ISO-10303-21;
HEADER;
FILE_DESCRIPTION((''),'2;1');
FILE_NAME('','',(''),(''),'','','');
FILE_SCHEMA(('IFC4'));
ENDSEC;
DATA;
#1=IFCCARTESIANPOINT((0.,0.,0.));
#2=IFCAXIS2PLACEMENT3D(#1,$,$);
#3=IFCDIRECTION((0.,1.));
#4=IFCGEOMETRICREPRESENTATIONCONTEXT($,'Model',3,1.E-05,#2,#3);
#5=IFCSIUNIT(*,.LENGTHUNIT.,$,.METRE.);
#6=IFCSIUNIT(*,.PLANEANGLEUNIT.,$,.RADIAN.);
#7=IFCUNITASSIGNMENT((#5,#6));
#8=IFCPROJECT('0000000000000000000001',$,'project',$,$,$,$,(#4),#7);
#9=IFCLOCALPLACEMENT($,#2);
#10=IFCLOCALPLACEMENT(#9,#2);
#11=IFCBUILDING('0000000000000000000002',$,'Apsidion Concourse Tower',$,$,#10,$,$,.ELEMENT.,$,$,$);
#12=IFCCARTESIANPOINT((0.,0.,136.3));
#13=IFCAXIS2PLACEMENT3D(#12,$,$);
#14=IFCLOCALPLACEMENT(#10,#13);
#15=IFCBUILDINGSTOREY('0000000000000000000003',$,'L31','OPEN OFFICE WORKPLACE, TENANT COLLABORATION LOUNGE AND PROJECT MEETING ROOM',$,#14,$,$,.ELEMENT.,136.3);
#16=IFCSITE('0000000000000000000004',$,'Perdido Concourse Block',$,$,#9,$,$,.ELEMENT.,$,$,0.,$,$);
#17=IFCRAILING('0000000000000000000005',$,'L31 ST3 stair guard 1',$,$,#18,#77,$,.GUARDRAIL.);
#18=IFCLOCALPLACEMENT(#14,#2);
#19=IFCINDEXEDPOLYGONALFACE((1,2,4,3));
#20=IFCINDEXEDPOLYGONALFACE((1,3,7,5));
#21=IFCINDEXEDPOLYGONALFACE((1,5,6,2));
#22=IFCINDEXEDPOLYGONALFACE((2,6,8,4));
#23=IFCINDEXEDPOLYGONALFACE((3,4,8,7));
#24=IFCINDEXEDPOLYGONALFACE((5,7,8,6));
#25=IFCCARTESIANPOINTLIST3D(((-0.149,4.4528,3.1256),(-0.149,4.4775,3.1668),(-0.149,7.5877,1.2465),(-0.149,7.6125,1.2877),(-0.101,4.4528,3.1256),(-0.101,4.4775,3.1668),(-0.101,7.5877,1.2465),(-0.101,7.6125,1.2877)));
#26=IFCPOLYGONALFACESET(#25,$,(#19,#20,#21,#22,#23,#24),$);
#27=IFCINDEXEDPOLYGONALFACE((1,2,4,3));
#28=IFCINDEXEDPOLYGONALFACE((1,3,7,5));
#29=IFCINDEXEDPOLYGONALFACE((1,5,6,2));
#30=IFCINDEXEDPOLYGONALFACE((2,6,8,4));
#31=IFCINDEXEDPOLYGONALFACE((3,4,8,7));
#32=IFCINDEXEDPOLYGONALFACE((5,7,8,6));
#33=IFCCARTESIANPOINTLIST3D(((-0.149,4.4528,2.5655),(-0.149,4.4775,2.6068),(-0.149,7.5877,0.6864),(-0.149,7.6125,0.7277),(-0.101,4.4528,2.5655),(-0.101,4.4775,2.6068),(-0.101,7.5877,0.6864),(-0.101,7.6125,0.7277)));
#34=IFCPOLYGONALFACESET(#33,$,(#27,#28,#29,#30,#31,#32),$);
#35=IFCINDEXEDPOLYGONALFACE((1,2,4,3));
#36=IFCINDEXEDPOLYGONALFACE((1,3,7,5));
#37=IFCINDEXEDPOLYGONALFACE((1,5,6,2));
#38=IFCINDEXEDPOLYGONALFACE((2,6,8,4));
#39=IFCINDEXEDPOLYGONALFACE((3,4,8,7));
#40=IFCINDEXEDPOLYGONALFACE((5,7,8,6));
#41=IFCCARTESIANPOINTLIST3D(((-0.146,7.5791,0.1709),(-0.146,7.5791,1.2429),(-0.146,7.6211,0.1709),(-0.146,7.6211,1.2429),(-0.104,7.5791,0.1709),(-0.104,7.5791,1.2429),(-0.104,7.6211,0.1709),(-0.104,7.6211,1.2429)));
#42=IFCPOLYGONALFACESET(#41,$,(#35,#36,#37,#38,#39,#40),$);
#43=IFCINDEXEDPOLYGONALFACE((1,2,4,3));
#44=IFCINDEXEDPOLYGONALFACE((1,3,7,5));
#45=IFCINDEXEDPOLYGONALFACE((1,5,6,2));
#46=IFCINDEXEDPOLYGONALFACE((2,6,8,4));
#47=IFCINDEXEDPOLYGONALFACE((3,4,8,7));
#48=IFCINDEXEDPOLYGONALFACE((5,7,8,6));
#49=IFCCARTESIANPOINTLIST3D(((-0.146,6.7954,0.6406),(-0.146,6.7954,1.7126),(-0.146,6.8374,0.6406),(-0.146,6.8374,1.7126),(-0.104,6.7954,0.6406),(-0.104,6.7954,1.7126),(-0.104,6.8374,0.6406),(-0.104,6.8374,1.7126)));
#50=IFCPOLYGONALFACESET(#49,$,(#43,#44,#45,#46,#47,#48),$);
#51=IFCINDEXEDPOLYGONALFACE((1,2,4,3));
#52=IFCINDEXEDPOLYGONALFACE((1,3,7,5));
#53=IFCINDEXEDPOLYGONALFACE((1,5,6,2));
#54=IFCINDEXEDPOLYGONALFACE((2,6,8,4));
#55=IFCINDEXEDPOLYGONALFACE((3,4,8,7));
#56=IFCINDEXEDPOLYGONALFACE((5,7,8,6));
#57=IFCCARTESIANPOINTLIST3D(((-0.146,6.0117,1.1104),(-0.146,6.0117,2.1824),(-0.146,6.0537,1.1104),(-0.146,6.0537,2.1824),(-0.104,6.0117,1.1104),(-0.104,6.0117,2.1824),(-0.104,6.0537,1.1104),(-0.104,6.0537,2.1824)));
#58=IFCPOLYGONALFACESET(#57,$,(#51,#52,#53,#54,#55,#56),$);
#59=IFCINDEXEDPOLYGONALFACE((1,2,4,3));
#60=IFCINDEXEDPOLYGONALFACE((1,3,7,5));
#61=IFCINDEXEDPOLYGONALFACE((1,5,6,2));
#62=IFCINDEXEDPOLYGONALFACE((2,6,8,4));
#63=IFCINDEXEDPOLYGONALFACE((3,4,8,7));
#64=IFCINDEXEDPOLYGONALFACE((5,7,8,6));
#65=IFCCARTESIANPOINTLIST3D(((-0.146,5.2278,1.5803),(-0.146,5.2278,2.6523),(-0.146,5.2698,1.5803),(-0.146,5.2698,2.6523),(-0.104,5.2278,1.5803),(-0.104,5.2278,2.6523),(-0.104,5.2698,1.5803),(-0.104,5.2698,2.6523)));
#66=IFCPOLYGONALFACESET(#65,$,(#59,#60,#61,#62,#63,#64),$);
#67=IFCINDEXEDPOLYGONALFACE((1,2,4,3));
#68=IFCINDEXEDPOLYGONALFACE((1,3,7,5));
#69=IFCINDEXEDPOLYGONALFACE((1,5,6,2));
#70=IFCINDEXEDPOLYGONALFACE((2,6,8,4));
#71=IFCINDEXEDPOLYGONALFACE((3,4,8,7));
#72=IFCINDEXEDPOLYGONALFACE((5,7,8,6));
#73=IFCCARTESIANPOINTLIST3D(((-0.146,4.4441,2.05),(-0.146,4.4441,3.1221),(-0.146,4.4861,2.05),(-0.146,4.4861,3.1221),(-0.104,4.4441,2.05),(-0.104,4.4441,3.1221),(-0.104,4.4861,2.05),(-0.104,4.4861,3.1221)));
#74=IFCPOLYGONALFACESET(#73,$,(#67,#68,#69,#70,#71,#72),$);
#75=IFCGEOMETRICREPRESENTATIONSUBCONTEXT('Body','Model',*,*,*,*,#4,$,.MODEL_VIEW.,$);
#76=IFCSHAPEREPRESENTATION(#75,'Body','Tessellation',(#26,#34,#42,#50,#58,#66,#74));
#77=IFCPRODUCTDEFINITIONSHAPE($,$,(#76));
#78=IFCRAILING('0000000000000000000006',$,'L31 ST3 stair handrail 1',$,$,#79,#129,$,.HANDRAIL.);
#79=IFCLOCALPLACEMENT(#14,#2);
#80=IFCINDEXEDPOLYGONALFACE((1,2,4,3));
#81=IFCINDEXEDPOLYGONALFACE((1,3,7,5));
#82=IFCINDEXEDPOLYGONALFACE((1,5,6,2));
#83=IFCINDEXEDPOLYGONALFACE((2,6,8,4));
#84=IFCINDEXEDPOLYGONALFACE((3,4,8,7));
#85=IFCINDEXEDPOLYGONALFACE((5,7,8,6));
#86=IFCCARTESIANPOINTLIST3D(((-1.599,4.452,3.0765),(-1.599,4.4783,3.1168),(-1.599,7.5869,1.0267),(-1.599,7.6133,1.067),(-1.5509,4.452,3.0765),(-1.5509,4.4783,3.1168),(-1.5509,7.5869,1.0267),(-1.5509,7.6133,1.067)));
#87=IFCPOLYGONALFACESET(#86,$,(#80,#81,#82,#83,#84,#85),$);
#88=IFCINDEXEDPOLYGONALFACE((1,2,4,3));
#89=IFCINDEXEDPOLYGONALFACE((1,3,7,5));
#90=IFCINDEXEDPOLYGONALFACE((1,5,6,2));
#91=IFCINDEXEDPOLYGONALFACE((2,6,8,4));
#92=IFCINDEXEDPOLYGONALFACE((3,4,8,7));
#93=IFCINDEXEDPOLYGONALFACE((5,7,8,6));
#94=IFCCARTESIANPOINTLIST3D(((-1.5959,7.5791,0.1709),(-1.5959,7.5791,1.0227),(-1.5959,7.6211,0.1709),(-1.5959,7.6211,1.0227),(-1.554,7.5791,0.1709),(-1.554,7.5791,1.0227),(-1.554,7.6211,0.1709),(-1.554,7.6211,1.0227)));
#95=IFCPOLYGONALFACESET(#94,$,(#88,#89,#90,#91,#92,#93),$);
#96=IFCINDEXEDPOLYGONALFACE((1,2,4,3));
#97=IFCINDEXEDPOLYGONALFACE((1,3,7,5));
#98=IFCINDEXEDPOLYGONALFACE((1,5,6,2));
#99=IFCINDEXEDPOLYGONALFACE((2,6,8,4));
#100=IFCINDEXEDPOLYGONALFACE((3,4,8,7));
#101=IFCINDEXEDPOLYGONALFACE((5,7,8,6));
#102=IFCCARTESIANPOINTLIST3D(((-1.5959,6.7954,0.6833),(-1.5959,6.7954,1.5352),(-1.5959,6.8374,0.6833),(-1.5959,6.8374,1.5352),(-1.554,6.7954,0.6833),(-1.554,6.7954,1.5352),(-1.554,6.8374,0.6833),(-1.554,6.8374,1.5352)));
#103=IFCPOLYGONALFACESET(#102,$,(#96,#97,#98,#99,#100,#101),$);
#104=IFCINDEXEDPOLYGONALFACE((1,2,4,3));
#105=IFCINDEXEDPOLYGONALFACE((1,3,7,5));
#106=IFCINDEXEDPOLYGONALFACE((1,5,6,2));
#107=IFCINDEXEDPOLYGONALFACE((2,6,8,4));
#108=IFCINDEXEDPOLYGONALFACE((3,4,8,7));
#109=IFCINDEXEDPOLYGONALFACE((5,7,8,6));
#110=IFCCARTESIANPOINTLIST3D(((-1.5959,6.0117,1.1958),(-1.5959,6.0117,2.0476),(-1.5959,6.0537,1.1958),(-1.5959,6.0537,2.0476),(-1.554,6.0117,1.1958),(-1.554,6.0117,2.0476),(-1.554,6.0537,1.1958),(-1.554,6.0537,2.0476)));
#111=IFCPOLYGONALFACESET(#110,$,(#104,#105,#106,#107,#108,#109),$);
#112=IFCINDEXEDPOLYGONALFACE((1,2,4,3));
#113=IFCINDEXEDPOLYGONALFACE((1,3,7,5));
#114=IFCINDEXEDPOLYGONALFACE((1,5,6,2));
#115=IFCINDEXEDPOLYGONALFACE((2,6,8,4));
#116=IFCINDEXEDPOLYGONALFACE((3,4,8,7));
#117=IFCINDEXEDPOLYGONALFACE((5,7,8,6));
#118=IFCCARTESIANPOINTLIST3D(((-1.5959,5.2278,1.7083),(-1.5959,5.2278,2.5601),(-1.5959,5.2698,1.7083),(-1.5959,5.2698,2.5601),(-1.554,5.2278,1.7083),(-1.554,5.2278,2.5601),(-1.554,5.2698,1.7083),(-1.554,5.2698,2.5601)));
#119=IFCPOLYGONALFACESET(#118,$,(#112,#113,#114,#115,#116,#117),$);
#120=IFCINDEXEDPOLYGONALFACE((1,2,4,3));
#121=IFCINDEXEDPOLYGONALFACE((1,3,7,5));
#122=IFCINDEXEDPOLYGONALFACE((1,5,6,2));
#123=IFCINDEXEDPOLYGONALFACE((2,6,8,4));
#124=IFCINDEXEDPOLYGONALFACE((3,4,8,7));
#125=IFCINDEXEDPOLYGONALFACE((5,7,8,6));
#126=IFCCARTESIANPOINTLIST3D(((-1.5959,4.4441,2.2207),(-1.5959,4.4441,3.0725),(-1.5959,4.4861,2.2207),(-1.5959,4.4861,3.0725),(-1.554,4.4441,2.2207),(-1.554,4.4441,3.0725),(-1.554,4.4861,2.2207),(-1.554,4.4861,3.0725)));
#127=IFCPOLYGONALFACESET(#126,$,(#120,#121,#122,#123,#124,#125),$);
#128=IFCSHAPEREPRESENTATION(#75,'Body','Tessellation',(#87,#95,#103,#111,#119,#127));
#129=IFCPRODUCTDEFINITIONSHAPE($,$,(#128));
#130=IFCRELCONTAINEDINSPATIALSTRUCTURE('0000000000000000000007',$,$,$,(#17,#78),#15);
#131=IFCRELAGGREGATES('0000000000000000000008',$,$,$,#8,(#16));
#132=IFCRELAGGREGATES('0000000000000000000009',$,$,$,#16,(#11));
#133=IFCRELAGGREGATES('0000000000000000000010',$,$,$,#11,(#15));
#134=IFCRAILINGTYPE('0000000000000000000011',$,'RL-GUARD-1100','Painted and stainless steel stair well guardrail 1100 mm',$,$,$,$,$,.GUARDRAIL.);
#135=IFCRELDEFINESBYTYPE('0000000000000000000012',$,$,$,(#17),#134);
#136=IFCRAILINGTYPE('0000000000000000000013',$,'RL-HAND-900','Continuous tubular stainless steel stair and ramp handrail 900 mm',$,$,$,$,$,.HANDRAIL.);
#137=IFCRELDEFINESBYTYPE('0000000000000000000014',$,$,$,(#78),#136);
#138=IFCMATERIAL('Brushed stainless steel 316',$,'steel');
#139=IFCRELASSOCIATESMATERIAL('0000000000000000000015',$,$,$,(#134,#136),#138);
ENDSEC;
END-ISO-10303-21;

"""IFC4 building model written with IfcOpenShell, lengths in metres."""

from ifc_helpers import new_model, si_unit, direction, frame, origin, origin_2d, place, context, subcontext, project, spatial, rectangle, extrude, material, type_object, element, save


model = new_model("IFC4")

# Units and contexts
model_context = context("Model", 3, precision=1e-05, world=origin(), true_north=direction((0.0, 1.0)))
body_context = subcontext(model_context, "Body", "Model", "MODEL_VIEW")
ifc_project = project(units=[si_unit("LENGTHUNIT", "METRE"), si_unit("PLANEANGLEUNIT", "RADIAN")], contexts=[model_context])

# Site, building, storey
site_placement = place(None, origin())
site = spatial("IfcSite", under=ifc_project, at=site_placement, Name="Perdido Concourse Block", CompositionType="ELEMENT", RefElevation=0.0)
building_placement = place(site_placement, origin())
building = spatial("IfcBuilding", under=site, at=building_placement, Name="Apsidion Concourse Tower", CompositionType="ELEMENT")
storey_placement = place(building_placement, frame((0.0, 0.0, 136.3)))
storey = spatial("IfcBuildingStorey", under=building, at=storey_placement, Name="L31", Description="OPEN OFFICE WORKPLACE, TENANT COLLABORATION LOUNGE AND PROJECT MEETING ROOM", CompositionType="ELEMENT", Elevation=136.3)

# Shared definitions
ifc_material_1 = material(Name="Brushed stainless steel 316", Category="steel")

# Railings
railing_type_1 = type_object("IfcRailingType", Name="RL-GUARD-1100", Description="Painted and stainless steel stair well guardrail 1100 mm", PredefinedType="GUARDRAIL", material=ifc_material_1)
railing_1_placement = place(storey_placement, frame((-0.125, 7.6001, 0.1709)))
element("IfcRailing", 1, at=railing_1_placement, inside=storey, type_object=railing_type_1, Name="L31 ST3 stair guard 1", PredefinedType="GUARDRAIL", context=body_context, shape_type="SweptSolid", body=[
    extrude(rectangle(XDim=0.0481, YDim=0.0481, at=origin_2d()), frame((0.0, 0.0, 1.0962), z_axis=(0.0, -0.857717, 0.514122), x_axis=(1.0, 0.0, 0.0)), (0.0, 0.0, 1.0), 3.655),
    extrude(rectangle(XDim=0.0481, YDim=0.0481, at=origin_2d()), frame((0.0, 0.0, 0.5361), z_axis=(0.0, -0.857717, 0.514122), x_axis=(1.0, 0.0, 0.0)), (0.0, 0.0, 1.0), 3.655),
    extrude(rectangle(XDim=0.042, YDim=0.042, at=origin_2d()), origin(), (0.0, 0.0, 1.0), 1.072),
    extrude(rectangle(XDim=0.042, YDim=0.042, at=origin_2d()), frame((0.0, -0.7837, 0.4697)), (0.0, 0.0, 1.0), 1.072),
    extrude(rectangle(XDim=0.042, YDim=0.042, at=origin_2d()), frame((0.0, -1.5674, 0.9395)), (0.0, 0.0, 1.0), 1.072),
    extrude(rectangle(XDim=0.042, YDim=0.042, at=origin_2d()), frame((0.0, -2.3513, 1.4094)), (0.0, 0.0, 1.0), 1.072),
    extrude(rectangle(XDim=0.042, YDim=0.042, at=origin_2d()), frame((0.0, -3.135, 1.8792)), (0.0, 0.0, 1.0), 1.072),
])
railing_type_2 = type_object("IfcRailingType", Name="RL-HAND-900", Description="Continuous tubular stainless steel stair and ramp handrail 900 mm", PredefinedType="HANDRAIL", material=ifc_material_1)
railing_2_placement = place(storey_placement, frame((-1.575, 7.6001, 0.1709)))
element("IfcRailing", 2, at=railing_2_placement, inside=storey, type_object=railing_type_2, Name="L31 ST3 stair handrail 1", PredefinedType="HANDRAIL", context=body_context, shape_type="SweptSolid", body=[
    extrude(rectangle(XDim=0.0481, YDim=0.0481, at=origin_2d()), frame((0.0, 0.0, 0.876), z_axis=(0.0, -0.836971, 0.547248), x_axis=(1.0, 0.0, 0.0)), (0.0, 0.0, 1.0), 3.7456),
    extrude(rectangle(XDim=0.042, YDim=0.042, at=origin_2d()), origin(), (0.0, 0.0, 1.0), 0.8518),
    extrude(rectangle(XDim=0.042, YDim=0.042, at=origin_2d()), frame((0.0, -0.7837, 0.5125)), (0.0, 0.0, 1.0), 0.8518),
    extrude(rectangle(XDim=0.042, YDim=0.042, at=origin_2d()), frame((0.0, -1.5674, 1.0249)), (0.0, 0.0, 1.0), 0.8518),
    extrude(rectangle(XDim=0.042, YDim=0.042, at=origin_2d()), frame((0.0, -2.3513, 1.5374)), (0.0, 0.0, 1.0), 0.8518),
    extrude(rectangle(XDim=0.042, YDim=0.042, at=origin_2d()), frame((0.0, -3.135, 2.0498)), (0.0, 0.0, 1.0), 0.8518),
])

save(model, "model.ifc")
